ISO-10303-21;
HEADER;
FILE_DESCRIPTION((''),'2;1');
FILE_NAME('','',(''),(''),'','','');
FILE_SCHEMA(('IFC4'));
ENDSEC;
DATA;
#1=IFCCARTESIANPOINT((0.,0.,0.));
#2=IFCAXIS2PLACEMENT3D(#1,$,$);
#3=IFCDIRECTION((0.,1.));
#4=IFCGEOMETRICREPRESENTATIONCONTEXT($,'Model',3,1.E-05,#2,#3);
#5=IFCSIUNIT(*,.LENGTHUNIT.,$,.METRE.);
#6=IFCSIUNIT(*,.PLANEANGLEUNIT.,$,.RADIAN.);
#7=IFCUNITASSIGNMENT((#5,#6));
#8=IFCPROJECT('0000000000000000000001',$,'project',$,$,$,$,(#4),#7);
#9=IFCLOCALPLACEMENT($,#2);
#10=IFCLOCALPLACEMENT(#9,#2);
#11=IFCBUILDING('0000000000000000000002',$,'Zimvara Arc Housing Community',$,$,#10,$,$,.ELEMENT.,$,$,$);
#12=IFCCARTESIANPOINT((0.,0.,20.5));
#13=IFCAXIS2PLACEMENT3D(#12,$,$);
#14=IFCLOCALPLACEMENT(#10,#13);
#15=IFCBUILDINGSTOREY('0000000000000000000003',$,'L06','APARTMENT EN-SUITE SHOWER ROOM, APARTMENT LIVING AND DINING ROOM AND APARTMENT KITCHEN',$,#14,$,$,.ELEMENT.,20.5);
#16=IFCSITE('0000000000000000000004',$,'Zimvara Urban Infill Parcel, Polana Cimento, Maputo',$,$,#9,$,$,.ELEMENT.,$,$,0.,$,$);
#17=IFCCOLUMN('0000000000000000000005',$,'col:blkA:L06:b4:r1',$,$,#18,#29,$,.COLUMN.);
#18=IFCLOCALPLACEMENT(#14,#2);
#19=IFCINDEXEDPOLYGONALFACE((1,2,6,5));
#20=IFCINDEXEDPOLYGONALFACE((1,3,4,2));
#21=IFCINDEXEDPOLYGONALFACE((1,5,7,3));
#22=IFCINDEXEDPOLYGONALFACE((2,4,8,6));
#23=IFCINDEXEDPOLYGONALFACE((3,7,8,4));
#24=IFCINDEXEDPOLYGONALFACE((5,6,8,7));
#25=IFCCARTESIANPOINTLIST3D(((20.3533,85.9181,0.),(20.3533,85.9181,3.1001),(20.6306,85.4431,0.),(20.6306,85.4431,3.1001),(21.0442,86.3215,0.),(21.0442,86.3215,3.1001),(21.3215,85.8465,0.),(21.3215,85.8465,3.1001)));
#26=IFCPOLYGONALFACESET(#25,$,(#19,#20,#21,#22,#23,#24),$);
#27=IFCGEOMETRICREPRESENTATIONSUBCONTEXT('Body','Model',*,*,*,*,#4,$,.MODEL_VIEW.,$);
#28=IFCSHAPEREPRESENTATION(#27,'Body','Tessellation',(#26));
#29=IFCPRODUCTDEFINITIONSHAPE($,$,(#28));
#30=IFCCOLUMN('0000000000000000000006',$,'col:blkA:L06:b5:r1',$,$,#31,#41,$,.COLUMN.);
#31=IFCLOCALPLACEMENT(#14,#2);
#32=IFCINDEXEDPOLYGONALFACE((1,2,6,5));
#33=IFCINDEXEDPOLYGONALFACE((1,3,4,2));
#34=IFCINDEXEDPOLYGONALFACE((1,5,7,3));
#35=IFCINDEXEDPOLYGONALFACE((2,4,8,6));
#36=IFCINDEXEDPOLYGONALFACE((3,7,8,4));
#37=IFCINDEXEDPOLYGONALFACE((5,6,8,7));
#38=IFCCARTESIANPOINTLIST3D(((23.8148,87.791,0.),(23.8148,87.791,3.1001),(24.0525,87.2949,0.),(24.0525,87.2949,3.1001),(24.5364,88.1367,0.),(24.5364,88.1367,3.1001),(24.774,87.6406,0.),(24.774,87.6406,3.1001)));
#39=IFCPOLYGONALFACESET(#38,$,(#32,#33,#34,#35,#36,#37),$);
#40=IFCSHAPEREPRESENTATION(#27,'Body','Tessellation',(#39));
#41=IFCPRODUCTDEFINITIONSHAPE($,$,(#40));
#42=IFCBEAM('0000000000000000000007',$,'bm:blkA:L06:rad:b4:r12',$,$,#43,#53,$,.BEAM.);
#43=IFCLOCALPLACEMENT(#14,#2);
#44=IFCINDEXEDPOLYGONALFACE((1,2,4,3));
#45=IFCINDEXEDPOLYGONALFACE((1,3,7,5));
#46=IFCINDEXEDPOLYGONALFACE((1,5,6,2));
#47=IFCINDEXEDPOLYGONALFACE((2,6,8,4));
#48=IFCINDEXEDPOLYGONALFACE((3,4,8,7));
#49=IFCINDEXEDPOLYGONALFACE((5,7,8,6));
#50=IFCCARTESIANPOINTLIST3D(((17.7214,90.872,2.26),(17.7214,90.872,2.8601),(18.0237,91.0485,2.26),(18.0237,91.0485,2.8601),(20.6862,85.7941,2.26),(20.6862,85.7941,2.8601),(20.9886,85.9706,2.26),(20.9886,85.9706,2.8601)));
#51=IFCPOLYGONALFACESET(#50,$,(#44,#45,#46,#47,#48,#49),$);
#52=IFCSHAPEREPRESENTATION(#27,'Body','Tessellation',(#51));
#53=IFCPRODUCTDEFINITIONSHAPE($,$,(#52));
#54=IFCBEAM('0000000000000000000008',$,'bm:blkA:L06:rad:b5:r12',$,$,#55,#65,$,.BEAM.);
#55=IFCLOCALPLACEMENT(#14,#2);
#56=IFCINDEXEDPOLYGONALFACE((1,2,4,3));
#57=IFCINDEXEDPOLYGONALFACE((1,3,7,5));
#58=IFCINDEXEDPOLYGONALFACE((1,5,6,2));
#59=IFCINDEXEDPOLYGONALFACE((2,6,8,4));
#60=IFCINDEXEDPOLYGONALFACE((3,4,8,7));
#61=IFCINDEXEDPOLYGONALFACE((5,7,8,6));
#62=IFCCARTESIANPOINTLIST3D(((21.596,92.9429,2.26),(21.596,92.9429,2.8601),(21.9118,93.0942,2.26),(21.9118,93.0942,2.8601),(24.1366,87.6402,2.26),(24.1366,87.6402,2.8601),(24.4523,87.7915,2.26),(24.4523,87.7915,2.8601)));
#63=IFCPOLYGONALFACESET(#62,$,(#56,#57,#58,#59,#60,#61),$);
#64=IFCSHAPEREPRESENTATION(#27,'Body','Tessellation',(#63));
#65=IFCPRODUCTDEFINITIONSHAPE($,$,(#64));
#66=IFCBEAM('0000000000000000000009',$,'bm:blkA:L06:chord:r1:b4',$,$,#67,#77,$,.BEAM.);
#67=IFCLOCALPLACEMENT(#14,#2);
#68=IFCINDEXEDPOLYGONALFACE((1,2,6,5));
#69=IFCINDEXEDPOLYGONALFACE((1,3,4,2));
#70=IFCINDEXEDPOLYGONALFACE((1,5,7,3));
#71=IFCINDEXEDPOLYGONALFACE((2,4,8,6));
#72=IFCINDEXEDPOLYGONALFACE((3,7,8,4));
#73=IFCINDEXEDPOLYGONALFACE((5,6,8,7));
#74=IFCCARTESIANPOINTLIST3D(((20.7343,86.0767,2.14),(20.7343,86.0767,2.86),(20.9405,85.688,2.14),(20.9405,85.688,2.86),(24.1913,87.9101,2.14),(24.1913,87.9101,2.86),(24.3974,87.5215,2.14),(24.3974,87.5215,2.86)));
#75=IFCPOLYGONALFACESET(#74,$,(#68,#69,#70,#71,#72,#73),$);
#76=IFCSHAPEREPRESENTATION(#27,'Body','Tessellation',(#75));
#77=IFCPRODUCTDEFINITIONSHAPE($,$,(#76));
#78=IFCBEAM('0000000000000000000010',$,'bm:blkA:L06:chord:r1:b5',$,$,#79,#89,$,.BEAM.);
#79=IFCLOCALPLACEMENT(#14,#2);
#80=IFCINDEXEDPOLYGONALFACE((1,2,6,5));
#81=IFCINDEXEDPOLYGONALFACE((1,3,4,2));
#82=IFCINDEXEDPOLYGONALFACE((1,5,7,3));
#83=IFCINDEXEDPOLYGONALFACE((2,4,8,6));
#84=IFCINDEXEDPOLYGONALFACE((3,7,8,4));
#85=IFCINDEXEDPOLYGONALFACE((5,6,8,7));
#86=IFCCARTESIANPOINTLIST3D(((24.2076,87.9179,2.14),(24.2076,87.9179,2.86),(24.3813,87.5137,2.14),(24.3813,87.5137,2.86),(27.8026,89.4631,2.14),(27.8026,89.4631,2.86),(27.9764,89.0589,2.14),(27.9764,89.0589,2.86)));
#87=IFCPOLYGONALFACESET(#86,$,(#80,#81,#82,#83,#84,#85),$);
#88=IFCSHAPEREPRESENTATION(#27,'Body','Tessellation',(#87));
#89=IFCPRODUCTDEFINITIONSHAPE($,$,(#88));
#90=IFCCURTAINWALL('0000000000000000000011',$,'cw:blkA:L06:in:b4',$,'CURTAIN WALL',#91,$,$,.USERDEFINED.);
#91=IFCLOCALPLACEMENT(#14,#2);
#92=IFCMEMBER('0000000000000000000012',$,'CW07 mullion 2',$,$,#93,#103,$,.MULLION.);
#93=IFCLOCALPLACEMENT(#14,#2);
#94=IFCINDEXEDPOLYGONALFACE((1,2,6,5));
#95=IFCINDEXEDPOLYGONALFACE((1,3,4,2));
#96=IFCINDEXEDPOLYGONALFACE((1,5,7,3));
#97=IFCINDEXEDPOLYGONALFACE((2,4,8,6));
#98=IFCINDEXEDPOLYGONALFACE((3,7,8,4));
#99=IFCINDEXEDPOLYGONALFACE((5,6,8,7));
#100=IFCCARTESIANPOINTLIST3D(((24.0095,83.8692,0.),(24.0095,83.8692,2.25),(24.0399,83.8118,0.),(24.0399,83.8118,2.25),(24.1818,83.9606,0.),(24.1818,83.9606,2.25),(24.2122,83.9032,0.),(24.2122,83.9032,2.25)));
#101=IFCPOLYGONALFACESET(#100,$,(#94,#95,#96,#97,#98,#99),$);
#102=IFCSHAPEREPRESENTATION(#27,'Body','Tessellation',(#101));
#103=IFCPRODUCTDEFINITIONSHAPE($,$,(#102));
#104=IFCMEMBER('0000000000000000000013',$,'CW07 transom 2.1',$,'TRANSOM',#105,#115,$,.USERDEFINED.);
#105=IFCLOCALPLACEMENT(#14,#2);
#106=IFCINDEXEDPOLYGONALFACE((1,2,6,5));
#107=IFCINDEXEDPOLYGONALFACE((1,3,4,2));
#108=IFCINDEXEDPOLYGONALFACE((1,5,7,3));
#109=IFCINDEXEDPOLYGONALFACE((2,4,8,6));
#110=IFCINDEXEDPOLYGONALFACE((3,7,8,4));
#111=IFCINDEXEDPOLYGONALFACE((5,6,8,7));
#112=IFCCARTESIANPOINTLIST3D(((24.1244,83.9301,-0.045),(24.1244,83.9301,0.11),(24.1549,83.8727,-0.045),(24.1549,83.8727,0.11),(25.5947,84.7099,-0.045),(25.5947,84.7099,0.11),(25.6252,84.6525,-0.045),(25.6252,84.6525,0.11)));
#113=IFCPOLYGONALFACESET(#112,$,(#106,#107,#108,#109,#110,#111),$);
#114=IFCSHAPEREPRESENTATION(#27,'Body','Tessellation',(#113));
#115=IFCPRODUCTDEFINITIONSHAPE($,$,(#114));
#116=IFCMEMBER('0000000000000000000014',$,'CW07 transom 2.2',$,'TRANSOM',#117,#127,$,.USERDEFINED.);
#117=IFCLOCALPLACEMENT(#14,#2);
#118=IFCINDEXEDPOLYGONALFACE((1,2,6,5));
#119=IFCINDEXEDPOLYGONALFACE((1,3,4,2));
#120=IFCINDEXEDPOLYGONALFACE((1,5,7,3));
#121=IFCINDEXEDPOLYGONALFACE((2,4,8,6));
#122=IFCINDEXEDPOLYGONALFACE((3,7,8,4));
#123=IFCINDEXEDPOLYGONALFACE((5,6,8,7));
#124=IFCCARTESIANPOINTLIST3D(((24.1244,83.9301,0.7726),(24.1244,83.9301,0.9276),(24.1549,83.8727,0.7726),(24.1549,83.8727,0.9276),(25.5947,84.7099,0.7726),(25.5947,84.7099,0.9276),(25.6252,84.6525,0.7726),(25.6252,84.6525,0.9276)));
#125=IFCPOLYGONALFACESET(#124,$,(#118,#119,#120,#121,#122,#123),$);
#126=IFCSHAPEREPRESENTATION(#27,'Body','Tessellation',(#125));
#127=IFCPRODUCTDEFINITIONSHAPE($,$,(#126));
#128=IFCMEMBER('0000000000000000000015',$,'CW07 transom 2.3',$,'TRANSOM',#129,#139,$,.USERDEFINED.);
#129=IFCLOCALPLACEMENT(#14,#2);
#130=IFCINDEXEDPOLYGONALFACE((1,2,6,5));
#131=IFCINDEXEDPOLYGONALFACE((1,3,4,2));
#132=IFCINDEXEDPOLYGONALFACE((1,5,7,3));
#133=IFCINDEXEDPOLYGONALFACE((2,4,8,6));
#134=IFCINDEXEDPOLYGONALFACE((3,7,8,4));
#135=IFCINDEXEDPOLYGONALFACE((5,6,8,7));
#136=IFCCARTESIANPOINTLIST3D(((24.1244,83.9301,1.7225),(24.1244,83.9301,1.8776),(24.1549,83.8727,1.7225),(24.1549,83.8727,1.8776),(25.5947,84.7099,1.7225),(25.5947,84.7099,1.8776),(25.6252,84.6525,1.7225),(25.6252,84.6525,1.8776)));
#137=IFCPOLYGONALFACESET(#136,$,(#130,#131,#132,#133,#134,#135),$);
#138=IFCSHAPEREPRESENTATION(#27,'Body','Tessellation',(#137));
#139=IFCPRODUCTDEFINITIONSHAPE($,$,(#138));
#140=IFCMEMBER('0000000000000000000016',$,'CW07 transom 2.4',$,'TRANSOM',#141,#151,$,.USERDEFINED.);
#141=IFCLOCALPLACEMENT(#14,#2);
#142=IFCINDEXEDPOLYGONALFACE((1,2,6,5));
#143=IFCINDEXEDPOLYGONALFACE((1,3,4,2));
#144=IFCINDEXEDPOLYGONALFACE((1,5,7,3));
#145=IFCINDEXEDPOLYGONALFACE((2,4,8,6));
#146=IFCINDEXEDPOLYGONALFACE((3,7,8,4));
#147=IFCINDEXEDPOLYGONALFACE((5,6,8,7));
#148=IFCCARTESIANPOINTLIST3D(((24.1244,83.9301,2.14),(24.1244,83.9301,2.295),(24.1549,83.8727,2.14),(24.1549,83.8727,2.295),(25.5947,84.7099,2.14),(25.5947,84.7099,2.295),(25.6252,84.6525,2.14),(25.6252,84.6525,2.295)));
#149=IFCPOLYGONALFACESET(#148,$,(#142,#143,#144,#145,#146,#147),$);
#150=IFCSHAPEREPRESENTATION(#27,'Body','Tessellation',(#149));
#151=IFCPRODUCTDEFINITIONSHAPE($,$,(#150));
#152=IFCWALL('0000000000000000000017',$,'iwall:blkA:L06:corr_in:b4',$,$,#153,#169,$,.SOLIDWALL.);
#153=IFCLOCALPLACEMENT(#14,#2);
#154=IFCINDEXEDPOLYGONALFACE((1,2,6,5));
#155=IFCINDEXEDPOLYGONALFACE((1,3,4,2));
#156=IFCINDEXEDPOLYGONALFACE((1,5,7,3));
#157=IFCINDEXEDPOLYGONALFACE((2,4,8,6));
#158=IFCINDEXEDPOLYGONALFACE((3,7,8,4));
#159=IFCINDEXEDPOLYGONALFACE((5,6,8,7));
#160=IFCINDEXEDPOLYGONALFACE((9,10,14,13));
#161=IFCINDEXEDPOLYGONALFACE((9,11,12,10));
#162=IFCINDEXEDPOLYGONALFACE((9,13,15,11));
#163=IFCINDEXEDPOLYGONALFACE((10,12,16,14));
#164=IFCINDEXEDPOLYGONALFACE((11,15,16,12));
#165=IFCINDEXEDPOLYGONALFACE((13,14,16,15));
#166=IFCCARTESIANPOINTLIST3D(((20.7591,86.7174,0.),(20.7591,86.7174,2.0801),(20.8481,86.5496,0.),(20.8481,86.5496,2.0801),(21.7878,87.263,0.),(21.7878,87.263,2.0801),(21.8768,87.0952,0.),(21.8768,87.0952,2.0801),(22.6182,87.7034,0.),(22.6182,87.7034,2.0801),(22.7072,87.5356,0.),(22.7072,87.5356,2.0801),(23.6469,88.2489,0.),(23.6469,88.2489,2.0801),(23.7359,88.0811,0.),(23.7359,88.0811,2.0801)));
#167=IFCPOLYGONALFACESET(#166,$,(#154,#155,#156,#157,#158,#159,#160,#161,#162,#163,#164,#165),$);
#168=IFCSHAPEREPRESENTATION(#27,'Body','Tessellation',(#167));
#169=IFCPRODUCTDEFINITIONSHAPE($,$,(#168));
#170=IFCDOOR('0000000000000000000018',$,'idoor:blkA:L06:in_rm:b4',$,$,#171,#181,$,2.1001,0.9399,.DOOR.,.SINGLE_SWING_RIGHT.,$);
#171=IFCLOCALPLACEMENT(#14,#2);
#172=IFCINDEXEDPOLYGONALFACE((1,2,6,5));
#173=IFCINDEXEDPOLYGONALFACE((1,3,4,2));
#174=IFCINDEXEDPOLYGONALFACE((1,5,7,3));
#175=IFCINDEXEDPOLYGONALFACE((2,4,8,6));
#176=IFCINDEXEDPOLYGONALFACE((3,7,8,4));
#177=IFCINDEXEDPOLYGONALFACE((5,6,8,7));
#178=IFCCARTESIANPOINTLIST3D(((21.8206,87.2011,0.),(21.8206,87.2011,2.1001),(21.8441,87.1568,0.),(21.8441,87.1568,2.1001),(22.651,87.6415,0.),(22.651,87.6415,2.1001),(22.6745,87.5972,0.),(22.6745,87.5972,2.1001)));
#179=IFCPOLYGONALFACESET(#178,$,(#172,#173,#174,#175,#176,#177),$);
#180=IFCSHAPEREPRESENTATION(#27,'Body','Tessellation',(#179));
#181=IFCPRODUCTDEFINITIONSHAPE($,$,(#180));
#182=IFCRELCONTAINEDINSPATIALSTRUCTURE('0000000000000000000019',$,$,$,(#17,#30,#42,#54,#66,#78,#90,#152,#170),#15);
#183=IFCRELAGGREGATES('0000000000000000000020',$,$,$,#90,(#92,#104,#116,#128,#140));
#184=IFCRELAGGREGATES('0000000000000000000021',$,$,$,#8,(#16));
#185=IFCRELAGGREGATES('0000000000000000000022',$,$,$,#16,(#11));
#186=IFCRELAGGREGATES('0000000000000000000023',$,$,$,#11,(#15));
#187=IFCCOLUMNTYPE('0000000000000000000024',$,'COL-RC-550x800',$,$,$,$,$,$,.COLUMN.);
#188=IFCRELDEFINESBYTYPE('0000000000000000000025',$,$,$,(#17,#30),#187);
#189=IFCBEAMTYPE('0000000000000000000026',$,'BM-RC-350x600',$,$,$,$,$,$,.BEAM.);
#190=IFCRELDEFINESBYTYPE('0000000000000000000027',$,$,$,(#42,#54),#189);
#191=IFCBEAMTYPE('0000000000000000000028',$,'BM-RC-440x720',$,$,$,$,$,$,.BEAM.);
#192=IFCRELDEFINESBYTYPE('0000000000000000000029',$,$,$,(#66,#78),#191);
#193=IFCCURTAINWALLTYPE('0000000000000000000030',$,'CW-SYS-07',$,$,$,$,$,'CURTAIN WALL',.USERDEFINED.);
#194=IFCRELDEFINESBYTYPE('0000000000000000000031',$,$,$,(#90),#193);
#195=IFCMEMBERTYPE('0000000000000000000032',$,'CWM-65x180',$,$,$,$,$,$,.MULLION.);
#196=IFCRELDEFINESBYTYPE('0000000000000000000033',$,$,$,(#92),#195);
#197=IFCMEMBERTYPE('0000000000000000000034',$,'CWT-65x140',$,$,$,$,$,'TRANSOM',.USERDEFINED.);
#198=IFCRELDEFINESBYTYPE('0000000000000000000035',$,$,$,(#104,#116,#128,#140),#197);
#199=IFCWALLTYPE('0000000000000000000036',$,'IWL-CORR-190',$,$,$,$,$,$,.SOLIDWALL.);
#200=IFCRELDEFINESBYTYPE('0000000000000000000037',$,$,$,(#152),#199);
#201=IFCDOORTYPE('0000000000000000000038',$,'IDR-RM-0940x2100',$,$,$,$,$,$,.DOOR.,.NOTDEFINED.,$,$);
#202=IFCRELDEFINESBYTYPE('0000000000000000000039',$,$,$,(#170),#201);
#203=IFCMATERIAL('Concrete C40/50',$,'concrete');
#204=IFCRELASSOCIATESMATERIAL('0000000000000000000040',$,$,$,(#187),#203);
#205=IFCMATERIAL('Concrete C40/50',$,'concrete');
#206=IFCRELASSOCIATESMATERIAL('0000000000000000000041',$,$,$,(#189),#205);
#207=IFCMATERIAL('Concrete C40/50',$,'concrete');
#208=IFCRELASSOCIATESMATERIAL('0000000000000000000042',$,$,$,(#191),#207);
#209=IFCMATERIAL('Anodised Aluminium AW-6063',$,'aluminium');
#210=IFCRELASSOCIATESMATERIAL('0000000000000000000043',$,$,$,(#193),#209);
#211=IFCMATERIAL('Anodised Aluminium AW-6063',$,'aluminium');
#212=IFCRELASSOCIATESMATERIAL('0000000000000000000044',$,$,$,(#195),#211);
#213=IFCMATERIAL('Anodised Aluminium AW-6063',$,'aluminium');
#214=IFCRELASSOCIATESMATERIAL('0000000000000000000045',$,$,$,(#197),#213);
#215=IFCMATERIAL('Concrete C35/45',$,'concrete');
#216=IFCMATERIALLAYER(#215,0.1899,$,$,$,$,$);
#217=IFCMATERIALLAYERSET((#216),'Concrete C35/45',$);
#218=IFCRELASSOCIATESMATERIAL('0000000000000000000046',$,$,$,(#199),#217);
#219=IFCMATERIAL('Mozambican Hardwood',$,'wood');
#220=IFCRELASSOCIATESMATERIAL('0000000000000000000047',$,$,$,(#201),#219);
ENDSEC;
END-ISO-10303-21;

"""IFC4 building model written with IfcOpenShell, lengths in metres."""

from ifc_helpers import new_model, si_unit, direction, frame, frame_2d, origin, origin_2d, place, context, subcontext, project, spatial, rectangle, extrude, material, layer, layer_set, material_profile, profile_set, type_object, element, fill, aggregate, save


model = new_model("IFC4")

# Units and contexts
model_context = context("Model", 3, precision=1e-05, world=origin(), true_north=direction((0.0, 1.0)))
body_context = subcontext(model_context, "Body", "Model", "MODEL_VIEW")
ifc_project = project(units=[si_unit("LENGTHUNIT", "METRE"), si_unit("PLANEANGLEUNIT", "RADIAN")], contexts=[model_context])

# Site, building, storey
site_placement = place(None, origin())
site = spatial("IfcSite", under=ifc_project, at=site_placement, Name="Zimvara Urban Infill Parcel, Polana Cimento, Maputo", CompositionType="ELEMENT", RefElevation=0.0)
building_placement = place(site_placement, origin())
building = spatial("IfcBuilding", under=site, at=building_placement, Name="Zimvara Arc Housing Community", CompositionType="ELEMENT")
storey_placement = place(building_placement, frame((0.0, 0.0, 20.5)))
storey = spatial("IfcBuildingStorey", under=building, at=storey_placement, Name="L06", Description="APARTMENT EN-SUITE SHOWER ROOM, APARTMENT LIVING AND DINING ROOM AND APARTMENT KITCHEN", CompositionType="ELEMENT", Elevation=20.5)

# Columns
ifc_material_1 = material(Name="Concrete C40/50", Category="concrete")
ifc_material_profile_1 = material_profile(ifc_material_1, rectangle(XDim=0.55, YDim=0.8, at=origin_2d()), Name="RC 550x800")
ifc_profile_set_1 = profile_set([ifc_material_profile_1], Name="Concrete C40/50")
column_type = type_object("IfcColumnType", Name="COL-RC-550x800", PredefinedType="COLUMN", material=ifc_profile_set_1)
for number, where, z_axis, x_axis, name in (
    (1, (20.8374, 85.8823, 0.0), (0.0, 0.0, 1.0), (-0.504226, 0.863572, 0.0), "col:blkA:L06:b4:r1"),
    (2, (24.2944, 87.7158, 0.0), (0.0, 0.0, 1.0), (-0.432086, 0.901833, 0.0), "col:blkA:L06:b5:r1"),
):
    element("IfcColumn", number, at=place(storey_placement, frame(where, z_axis=z_axis, x_axis=x_axis)), inside=storey, type_object=column_type, Name=name, PredefinedType="COLUMN", context=body_context, shape_type="SweptSolid", body=[
        extrude(rectangle(XDim=0.55, YDim=0.8, at=origin_2d()), origin(), (0.0, 0.0, 1.0), 3.1001),
    ])

# Beams
ifc_material_2 = material(Name="Concrete C40/50", Category="concrete")
ifc_material_profile_2 = material_profile(ifc_material_2, rectangle(XDim=0.3501, YDim=0.6001, at=origin_2d()), Name="RC 350x600")
ifc_profile_set_2 = profile_set([ifc_material_profile_2], Name="Concrete C40/50")
beam_type_1 = type_object("IfcBeamType", Name="BM-RC-350x600", PredefinedType="BEAM", material=ifc_profile_set_2)
beam_1_placement = place(storey_placement, frame((20.8374, 85.8823, 2.5601), z_axis=(-0.504219, 0.863576, 0.0), x_axis=(-0.863576, -0.504219, 0.0)))
element("IfcBeam", 3, at=beam_1_placement, inside=storey, type_object=beam_type_1, Name="bm:blkA:L06:rad:b4:r12", PredefinedType="BEAM", context=body_context, shape_type="SweptSolid", body=[
    extrude(rectangle(XDim=0.3501, YDim=0.6001, at=origin_2d()), origin(), (0.0, 0.0, 1.0), 5.8801),
])
beam_2_placement = place(storey_placement, frame((24.2944, 87.7158, 2.5601), z_axis=(-0.43207, 0.90184, 0.0), x_axis=(-0.90184, -0.43207, 0.0)))
element("IfcBeam", 4, at=beam_2_placement, inside=storey, type_object=beam_type_1, Name="bm:blkA:L06:rad:b5:r12", PredefinedType="BEAM", context=body_context, shape_type="SweptSolid", body=[
    extrude(rectangle(XDim=0.3501, YDim=0.6001, at=origin_2d()), origin(), (0.0, 0.0, 1.0), 5.8799),
])
ifc_material_3 = material(Name="Concrete C40/50", Category="concrete")
ifc_material_profile_3 = material_profile(ifc_material_3, rectangle(XDim=0.4399, YDim=0.72, at=origin_2d()), Name="RC 440x720")
ifc_profile_set_3 = profile_set([ifc_material_profile_3], Name="Concrete C40/50")
beam_type_2 = type_object("IfcBeamType", Name="BM-RC-440x720", PredefinedType="BEAM", material=ifc_profile_set_3)
for number, where, z_axis, x_axis, name in (
    (5, (20.8374, 85.8823, 2.5), (0.883439, 0.468547, 0.0), (-0.468547, 0.883439, 0.0), "bm:blkA:L06:chord:r1:b4"),
    (6, (24.2944, 87.7158, 2.5), (0.918731, 0.394883, 0.0), (-0.394883, 0.918731, 0.0), "bm:blkA:L06:chord:r1:b5"),
):
    element("IfcBeam", number, at=place(storey_placement, frame(where, z_axis=z_axis, x_axis=x_axis)), inside=storey, type_object=beam_type_2, Name=name, PredefinedType="BEAM", context=body_context, shape_type="SweptSolid", body=[
        extrude(rectangle(XDim=0.4399, YDim=0.72, at=origin_2d()), origin(), (0.0, 0.0, 1.0), 3.9131),
    ])

# Curtain wall, members
ifc_material_4 = material(Name="Anodised Aluminium AW-6063", Category="aluminium")
curtain_wall_type = type_object("IfcCurtainWallType", Name="CW-SYS-07", ElementType="CURTAIN WALL", PredefinedType="USERDEFINED", material=ifc_material_4)
curtain_wall_placement = place(storey_placement, origin())
curtain_wall = element("IfcCurtainWall", 7, at=curtain_wall_placement, inside=storey, type_object=curtain_wall_type, Name="cw:blkA:L06:in:b4", ObjectType="CURTAIN WALL", PredefinedType="USERDEFINED")
ifc_material_5 = material(Name="Anodised Aluminium AW-6063", Category="aluminium")
ifc_material_profile_4 = material_profile(ifc_material_5, rectangle(XDim=0.0649, YDim=0.1951, at=origin_2d()), Name="ALU 65x195")
ifc_profile_set_4 = profile_set([ifc_material_profile_4], Name="Anodised Aluminium AW-6063")
member_type_1 = type_object("IfcMemberType", Name="CWM-65x180", PredefinedType="MULLION", material=ifc_profile_set_4)
member_1_placement = place(storey_placement, frame((24.1108, 83.8862, 0.0), z_axis=(0.0, 0.0, 1.0), x_axis=(-0.468545, 0.88344, 0.0)))
member_1 = element("IfcMember", 8, at=member_1_placement, type_object=member_type_1, Name="CW07 mullion 2", PredefinedType="MULLION", context=body_context, shape_type="SweptSolid", body=[
    extrude(rectangle(XDim=0.0649, YDim=0.1951, at=origin_2d()), origin(), (0.0, 0.0, 1.0), 2.25),
])
ifc_material_6 = material(Name="Anodised Aluminium AW-6063", Category="aluminium")
ifc_material_profile_5 = material_profile(ifc_material_6, rectangle(XDim=0.0649, YDim=0.155, at=origin_2d()), Name="ALU 65x155")
ifc_profile_set_5 = profile_set([ifc_material_profile_5], Name="Anodised Aluminium AW-6063")
member_type_2 = type_object("IfcMemberType", Name="CWT-65x140", ElementType="TRANSOM", PredefinedType="USERDEFINED", material=ifc_profile_set_5)
member_2_placement = place(storey_placement, frame((24.1396, 83.9014, 0.0325), z_axis=(0.883431, 0.468562, 0.0), x_axis=(-0.468562, 0.883431, 0.0)))
member_2 = element("IfcMember", 9, at=member_2_placement, type_object=member_type_2, Name="CW07 transom 2.1", ObjectType="TRANSOM", PredefinedType="USERDEFINED", context=body_context, shape_type="SweptSolid", body=[
    extrude(rectangle(XDim=0.0649, YDim=0.155, at=origin_2d()), origin(), (0.0, 0.0, 1.0), 1.6643),
])
member_3_placement = place(storey_placement, frame((24.1396, 83.9014, 0.8501), z_axis=(0.883431, 0.468562, 0.0), x_axis=(-0.468562, 0.883431, 0.0)))
member_3 = element("IfcMember", 10, at=member_3_placement, type_object=member_type_2, Name="CW07 transom 2.2", ObjectType="TRANSOM", PredefinedType="USERDEFINED", context=body_context, shape_type="SweptSolid", body=[
    extrude(rectangle(XDim=0.0649, YDim=0.155, at=origin_2d()), origin(), (0.0, 0.0, 1.0), 1.6643),
])
member_4_placement = place(storey_placement, frame((24.1396, 83.9014, 1.8), z_axis=(0.883431, 0.468562, 0.0), x_axis=(-0.468562, 0.883431, 0.0)))
member_4 = element("IfcMember", 11, at=member_4_placement, type_object=member_type_2, Name="CW07 transom 2.3", ObjectType="TRANSOM", PredefinedType="USERDEFINED", context=body_context, shape_type="SweptSolid", body=[
    extrude(rectangle(XDim=0.0649, YDim=0.155, at=origin_2d()), origin(), (0.0, 0.0, 1.0), 1.6643),
])
member_5_placement = place(storey_placement, frame((24.1396, 83.9014, 2.2175), z_axis=(0.883431, 0.468562, 0.0), x_axis=(-0.468562, 0.883431, 0.0)))
member_5 = element("IfcMember", 12, at=member_5_placement, type_object=member_type_2, Name="CW07 transom 2.4", ObjectType="TRANSOM", PredefinedType="USERDEFINED", context=body_context, shape_type="SweptSolid", body=[
    extrude(rectangle(XDim=0.0649, YDim=0.155, at=origin_2d()), origin(), (0.0, 0.0, 1.0), 1.6643),
])
aggregate(curtain_wall, [member_1, member_2, member_3, member_4, member_5])

# Wall, opening, door
ifc_material_7 = material(Name="Concrete C35/45", Category="concrete")
ifc_layer_1 = layer(ifc_material_7, 0.1899)
ifc_layer_set_1 = layer_set([ifc_layer_1], Name="Concrete C35/45")
wall_type_1 = type_object("IfcWallType", Name="IWL-CORR-190", PredefinedType="SOLIDWALL", material=ifc_layer_set_1)
wall_1_placement = place(storey_placement, frame((20.8037, 86.6335, 0.0), z_axis=(0.0, 0.0, 1.0), x_axis=(0.883444, 0.468536, 0.0)))
wall_1 = element("IfcWall", 13, at=wall_1_placement, inside=storey, type_object=wall_type_1, Name="iwall:blkA:L06:corr_in:b4", PredefinedType="SOLIDWALL", context=body_context, shape_type="SweptSolid", body=[
    extrude(rectangle(XDim=3.2688, YDim=0.1899, at=frame_2d((1.6343, 0.0))), origin(), (0.0, 0.0, 1.0), 2.0801),
])
opening_1_placement = place(wall_1_placement, frame((1.1643, 0.0, 0.0)))
opening_1 = element("IfcOpeningElement", 14, at=opening_1_placement, cuts=wall_1, PredefinedType="OPENING", context=body_context, shape_type="SweptSolid", body=[
    extrude(rectangle(XDim=0.9399, YDim=2.1001, at=frame_2d((0.47, 1.05))), frame((0.0, 0.105, 0.0), z_axis=(0.0, -1.0, 0.0), x_axis=(1.0, 0.0, 0.0)), (0.0, 0.0, 1.0), 0.21),
])
ifc_material_8 = material(Name="Mozambican Hardwood", Category="wood")
door_type_1 = type_object("IfcDoorType", Name="IDR-RM-0940x2100", OperationType="NOTDEFINED", PredefinedType="DOOR", material=ifc_material_8)
door_1_placement = place(opening_1_placement, origin())
door_1 = element("IfcDoor", 15, at=door_1_placement, inside=storey, type_object=door_type_1, Name="idoor:blkA:L06:in_rm:b4", OperationType="SINGLE_SWING_RIGHT", OverallHeight=2.1001, OverallWidth=0.9399, PredefinedType="DOOR", context=body_context, shape_type="SweptSolid", body=[
    extrude(rectangle(XDim=0.9399, YDim=2.1001, at=frame_2d((0.47, 1.05))), frame((0.0, 0.0249, 0.0), z_axis=(0.0, -1.0, 0.0), x_axis=(1.0, 0.0, 0.0)), (0.0, 0.0, 1.0), 0.05),
])
fill(opening_1, door_1)

save(model, "model.ifc")
